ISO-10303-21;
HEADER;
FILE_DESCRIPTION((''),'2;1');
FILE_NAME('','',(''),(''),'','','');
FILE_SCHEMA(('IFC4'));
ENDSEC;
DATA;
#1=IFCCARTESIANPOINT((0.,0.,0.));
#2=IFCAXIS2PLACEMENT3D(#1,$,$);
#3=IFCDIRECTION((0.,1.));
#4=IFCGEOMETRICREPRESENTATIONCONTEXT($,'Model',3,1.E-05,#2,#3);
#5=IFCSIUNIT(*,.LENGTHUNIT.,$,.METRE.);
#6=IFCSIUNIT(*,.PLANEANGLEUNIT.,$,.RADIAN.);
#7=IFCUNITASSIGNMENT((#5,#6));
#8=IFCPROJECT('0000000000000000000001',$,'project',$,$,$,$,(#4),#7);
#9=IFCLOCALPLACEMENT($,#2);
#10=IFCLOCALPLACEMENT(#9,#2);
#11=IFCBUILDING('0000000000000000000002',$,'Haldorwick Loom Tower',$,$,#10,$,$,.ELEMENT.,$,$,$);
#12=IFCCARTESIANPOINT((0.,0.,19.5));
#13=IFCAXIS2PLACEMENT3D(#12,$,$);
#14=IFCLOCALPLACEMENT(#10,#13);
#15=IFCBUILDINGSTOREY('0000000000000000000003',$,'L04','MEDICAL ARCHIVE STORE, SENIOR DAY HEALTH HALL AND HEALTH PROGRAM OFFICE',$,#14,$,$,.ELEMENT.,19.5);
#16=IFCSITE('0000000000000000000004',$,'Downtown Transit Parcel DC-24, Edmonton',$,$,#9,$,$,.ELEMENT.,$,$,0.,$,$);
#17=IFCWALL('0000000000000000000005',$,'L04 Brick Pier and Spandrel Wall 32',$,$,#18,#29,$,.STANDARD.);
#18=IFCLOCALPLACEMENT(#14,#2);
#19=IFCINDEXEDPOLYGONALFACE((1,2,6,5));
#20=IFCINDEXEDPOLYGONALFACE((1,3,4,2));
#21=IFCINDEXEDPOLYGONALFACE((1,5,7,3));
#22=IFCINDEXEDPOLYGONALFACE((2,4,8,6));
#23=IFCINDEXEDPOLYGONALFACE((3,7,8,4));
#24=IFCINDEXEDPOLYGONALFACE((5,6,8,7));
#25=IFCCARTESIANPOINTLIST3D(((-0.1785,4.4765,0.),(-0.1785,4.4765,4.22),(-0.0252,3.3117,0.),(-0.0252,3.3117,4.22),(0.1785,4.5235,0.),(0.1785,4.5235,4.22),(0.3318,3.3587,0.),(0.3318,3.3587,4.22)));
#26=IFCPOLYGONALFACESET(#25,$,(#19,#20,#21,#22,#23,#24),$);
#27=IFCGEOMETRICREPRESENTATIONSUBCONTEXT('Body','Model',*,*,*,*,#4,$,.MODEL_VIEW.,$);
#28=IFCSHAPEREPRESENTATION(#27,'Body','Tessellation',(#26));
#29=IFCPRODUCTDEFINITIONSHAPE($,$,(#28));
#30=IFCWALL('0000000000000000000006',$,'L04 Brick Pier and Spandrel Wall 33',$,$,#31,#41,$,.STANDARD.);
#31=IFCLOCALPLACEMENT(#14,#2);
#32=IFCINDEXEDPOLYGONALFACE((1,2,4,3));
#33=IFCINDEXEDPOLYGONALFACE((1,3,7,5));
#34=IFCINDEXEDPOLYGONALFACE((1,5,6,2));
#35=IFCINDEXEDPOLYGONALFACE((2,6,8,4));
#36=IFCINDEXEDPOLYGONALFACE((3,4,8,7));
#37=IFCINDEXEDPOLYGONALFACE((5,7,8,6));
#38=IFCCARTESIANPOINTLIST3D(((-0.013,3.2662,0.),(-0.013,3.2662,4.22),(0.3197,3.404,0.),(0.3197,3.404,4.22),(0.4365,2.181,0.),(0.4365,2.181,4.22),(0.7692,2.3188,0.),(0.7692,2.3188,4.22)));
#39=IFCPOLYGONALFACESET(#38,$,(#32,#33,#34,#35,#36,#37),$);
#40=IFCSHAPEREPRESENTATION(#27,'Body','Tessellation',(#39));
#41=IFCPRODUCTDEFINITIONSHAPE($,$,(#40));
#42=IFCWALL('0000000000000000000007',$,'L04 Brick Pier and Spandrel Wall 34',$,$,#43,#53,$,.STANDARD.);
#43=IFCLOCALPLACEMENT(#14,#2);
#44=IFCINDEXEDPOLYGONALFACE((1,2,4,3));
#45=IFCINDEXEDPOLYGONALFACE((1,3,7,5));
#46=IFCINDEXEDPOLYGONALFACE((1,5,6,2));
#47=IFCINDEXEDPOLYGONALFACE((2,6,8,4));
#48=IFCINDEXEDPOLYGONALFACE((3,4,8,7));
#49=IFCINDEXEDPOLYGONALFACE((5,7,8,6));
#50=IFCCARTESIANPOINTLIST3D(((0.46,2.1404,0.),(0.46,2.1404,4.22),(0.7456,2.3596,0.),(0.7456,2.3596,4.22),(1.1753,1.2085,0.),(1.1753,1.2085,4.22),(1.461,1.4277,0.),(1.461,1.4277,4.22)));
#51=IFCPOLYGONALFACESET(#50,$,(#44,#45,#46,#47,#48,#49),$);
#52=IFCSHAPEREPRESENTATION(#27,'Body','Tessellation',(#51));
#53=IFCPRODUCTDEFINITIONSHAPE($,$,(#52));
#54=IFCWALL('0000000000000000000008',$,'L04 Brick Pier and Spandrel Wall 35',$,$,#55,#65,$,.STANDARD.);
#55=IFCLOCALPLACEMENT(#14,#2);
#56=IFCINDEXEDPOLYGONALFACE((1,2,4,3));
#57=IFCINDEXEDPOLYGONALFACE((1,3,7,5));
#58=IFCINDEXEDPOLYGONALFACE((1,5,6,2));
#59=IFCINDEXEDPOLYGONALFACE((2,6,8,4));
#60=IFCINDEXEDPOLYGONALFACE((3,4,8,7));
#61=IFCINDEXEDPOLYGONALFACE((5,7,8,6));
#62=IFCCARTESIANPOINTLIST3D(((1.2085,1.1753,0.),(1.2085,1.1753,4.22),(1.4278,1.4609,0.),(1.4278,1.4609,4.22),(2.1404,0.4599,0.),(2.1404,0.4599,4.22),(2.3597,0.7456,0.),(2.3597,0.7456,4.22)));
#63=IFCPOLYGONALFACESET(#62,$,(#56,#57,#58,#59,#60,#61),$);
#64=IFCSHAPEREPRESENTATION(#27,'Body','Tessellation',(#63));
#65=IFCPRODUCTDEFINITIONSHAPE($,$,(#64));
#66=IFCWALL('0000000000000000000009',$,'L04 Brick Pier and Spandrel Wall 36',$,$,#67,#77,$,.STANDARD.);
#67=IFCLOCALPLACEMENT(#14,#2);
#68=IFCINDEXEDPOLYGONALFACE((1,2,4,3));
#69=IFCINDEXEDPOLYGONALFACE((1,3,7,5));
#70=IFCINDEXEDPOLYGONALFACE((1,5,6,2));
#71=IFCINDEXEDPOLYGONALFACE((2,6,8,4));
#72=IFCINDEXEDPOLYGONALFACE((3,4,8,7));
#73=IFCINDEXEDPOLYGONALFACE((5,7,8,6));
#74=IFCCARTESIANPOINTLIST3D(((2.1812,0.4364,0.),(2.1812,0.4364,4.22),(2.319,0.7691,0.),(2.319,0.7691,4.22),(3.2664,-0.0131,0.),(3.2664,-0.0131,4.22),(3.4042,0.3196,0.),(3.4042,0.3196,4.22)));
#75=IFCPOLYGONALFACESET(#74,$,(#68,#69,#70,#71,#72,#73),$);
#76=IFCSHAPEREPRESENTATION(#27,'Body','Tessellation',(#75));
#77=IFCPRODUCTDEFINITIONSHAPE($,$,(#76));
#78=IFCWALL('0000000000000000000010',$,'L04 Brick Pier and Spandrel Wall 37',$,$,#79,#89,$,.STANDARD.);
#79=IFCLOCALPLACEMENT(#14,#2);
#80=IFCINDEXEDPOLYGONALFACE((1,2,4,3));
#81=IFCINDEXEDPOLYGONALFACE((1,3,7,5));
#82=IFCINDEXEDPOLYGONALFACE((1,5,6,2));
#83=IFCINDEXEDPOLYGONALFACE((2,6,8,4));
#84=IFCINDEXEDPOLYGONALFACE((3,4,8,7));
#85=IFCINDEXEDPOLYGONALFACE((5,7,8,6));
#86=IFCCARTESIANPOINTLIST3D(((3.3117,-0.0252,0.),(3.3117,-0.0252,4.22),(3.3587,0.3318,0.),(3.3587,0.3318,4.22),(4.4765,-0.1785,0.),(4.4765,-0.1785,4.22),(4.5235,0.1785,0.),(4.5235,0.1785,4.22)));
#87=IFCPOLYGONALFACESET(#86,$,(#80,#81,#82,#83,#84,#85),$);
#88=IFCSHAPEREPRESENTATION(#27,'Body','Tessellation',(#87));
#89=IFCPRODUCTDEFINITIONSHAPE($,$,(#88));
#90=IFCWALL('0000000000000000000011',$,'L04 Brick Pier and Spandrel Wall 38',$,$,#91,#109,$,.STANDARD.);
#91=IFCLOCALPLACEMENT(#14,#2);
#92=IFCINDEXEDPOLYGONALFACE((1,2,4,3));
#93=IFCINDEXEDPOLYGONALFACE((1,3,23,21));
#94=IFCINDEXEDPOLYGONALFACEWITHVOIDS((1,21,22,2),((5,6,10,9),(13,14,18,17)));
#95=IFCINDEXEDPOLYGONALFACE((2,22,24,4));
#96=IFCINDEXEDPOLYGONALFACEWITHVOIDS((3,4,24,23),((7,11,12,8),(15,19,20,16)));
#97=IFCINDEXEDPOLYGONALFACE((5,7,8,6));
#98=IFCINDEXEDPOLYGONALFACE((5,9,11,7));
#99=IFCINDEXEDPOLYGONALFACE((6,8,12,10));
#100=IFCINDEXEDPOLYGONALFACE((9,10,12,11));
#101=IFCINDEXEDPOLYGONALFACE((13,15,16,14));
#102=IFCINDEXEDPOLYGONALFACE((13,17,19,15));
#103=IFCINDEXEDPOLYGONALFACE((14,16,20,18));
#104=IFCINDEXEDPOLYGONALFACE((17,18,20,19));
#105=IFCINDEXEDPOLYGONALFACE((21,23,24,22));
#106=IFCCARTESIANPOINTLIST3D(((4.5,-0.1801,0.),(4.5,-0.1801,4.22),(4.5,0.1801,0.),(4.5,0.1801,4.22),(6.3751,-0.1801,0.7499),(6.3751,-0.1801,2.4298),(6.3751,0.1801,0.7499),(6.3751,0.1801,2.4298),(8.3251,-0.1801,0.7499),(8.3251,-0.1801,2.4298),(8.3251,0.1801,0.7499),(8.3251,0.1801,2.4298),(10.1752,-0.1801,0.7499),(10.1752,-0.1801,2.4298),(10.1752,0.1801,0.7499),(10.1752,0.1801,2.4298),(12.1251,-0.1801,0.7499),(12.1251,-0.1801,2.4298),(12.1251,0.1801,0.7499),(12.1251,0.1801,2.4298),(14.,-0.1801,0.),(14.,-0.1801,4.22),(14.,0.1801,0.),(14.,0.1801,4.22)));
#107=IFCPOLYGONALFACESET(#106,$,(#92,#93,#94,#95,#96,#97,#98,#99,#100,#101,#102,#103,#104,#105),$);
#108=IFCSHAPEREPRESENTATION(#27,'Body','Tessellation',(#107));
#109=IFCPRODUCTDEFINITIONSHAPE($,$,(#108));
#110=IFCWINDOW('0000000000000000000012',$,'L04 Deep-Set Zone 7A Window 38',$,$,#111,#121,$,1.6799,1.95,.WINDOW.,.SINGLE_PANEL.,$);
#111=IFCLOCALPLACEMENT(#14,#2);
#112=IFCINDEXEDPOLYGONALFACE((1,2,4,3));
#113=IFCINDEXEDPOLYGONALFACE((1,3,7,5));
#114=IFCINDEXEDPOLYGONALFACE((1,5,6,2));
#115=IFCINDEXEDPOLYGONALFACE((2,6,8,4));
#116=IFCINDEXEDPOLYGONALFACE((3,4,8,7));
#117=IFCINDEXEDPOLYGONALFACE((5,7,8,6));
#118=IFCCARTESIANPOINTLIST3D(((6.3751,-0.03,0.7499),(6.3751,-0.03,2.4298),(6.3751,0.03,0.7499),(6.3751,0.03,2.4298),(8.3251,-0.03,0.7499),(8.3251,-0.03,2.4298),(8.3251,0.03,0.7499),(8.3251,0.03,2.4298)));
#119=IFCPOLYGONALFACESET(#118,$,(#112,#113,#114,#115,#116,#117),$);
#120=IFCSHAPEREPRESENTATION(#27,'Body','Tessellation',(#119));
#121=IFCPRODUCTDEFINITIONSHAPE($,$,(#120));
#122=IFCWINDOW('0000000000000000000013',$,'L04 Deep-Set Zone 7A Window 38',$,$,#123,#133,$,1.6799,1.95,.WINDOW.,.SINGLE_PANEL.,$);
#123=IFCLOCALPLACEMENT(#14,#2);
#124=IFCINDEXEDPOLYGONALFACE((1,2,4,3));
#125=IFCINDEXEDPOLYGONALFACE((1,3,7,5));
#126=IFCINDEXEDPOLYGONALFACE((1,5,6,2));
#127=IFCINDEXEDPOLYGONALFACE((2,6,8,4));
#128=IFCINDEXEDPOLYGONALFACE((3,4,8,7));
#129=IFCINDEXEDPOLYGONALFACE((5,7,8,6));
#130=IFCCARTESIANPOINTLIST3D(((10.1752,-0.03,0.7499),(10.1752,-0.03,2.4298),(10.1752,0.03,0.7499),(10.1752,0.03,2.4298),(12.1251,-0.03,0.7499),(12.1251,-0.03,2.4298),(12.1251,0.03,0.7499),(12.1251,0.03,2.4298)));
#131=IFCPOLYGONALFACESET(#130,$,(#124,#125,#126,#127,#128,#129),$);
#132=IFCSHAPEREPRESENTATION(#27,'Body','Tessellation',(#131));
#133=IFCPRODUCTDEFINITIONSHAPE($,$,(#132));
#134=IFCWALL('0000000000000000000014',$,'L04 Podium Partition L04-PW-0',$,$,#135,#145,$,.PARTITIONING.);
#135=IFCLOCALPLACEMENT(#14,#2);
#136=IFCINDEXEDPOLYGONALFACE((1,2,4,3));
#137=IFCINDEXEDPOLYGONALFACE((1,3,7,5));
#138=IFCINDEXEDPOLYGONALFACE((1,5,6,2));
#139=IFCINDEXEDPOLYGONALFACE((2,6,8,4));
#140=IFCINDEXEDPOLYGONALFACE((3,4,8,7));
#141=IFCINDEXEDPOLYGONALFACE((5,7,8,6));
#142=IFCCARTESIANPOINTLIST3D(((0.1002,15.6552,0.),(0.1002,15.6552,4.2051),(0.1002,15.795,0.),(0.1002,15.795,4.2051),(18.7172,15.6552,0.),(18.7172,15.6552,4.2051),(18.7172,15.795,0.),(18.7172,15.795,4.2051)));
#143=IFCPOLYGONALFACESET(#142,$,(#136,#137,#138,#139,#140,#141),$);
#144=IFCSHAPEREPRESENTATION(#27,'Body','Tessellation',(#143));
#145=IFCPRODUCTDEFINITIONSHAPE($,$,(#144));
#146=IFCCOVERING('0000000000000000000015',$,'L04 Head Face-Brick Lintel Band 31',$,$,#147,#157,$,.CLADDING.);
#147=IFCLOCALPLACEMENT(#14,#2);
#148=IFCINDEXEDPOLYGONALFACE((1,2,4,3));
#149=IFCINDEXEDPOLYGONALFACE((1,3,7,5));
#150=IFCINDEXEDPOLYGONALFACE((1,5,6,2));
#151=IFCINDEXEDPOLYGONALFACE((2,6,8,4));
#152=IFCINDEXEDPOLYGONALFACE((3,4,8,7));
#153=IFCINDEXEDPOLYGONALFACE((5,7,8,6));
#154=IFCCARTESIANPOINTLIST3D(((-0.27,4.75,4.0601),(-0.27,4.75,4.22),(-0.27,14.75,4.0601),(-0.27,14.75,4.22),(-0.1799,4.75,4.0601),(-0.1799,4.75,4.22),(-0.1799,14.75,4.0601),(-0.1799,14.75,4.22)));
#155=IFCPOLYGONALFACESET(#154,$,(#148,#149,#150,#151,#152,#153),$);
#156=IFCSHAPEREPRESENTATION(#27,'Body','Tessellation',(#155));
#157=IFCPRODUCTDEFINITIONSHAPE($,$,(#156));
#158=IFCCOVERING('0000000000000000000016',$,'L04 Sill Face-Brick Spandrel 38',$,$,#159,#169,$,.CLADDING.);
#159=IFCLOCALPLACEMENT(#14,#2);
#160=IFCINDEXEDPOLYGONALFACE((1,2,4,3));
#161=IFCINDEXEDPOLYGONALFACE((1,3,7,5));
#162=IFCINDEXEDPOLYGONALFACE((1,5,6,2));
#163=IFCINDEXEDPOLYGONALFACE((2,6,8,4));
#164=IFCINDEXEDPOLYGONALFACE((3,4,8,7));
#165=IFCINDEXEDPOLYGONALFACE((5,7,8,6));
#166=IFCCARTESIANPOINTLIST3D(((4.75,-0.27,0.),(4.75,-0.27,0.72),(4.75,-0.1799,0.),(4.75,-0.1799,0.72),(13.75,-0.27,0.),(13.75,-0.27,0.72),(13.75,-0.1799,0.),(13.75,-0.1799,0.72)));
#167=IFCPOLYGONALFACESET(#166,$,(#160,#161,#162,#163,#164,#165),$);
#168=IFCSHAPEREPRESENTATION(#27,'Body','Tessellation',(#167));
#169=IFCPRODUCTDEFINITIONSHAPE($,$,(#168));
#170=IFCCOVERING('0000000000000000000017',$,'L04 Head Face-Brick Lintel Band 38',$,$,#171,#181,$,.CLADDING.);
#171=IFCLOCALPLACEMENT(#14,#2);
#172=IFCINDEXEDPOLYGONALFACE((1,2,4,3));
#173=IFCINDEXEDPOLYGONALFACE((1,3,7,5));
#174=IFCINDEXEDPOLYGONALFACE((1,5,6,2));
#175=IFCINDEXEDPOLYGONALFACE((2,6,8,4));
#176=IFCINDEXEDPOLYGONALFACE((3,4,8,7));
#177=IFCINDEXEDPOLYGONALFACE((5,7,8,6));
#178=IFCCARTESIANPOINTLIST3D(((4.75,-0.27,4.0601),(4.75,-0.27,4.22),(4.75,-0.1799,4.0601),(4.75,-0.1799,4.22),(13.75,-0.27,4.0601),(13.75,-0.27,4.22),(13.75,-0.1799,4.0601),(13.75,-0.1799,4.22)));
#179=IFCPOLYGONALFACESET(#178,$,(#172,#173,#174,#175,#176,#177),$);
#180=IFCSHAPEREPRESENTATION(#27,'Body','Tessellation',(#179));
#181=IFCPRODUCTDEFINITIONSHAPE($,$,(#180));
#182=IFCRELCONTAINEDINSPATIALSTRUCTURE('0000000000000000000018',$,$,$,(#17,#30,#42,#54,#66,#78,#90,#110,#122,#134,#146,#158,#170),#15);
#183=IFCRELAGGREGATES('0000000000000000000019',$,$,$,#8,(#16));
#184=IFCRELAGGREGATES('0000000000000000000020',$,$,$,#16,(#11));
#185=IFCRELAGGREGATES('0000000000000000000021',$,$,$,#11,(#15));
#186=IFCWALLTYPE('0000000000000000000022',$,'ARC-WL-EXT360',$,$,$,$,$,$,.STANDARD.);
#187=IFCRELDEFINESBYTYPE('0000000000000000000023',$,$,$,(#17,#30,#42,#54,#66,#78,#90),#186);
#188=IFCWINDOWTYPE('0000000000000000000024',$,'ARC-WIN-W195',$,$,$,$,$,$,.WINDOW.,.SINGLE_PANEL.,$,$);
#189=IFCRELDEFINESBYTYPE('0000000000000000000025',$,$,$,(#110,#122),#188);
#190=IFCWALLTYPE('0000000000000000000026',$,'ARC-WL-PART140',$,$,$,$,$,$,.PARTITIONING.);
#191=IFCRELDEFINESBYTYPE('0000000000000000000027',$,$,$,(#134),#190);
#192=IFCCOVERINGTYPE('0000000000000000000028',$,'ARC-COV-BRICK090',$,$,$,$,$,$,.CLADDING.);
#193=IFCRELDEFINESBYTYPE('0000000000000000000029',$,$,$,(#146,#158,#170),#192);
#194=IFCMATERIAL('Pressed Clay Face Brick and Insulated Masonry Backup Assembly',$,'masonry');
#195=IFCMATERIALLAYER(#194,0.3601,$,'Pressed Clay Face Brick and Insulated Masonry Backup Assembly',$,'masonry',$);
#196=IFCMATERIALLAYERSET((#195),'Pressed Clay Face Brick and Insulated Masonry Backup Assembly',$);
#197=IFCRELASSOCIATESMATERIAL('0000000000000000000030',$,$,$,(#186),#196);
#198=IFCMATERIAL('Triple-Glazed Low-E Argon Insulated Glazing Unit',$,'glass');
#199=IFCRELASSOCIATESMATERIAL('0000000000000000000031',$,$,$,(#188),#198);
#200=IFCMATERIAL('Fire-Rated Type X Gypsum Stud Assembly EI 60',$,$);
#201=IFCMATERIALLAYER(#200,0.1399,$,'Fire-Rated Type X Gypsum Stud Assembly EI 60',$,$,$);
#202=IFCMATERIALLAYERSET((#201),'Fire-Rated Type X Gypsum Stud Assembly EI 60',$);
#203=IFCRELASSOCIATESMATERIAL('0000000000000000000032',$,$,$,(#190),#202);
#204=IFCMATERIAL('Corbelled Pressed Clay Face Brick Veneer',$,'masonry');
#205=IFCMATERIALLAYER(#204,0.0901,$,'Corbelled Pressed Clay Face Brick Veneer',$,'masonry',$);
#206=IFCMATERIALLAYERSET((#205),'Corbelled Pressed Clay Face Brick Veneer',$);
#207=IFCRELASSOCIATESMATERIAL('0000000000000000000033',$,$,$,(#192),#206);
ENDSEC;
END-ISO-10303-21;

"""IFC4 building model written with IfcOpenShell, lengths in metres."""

from ifc_helpers import new_model, si_unit, direction, frame, frame_2d, origin, place, context, subcontext, project, spatial, polyline, rectangle, outline, extrude, material, layer, layer_set, type_object, element, fill, save


model = new_model("IFC4")

# Units and contexts
model_context = context("Model", 3, precision=1e-05, world=origin(), true_north=direction((0.0, 1.0)))
body_context = subcontext(model_context, "Body", "Model", "MODEL_VIEW")
ifc_project = project(units=[si_unit("LENGTHUNIT", "METRE"), si_unit("PLANEANGLEUNIT", "RADIAN")], contexts=[model_context])

# Site, building, storey
site_placement = place(None, origin())
site = spatial("IfcSite", under=ifc_project, at=site_placement, Name="Downtown Transit Parcel DC-24, Edmonton", CompositionType="ELEMENT", RefElevation=0.0)
building_placement = place(site_placement, origin())
building = spatial("IfcBuilding", under=site, at=building_placement, Name="Haldorwick Loom Tower", CompositionType="ELEMENT")
storey_placement = place(building_placement, frame((0.0, 0.0, 19.5)))
storey = spatial("IfcBuildingStorey", under=building, at=storey_placement, Name="L04", Description="MEDICAL ARCHIVE STORE, SENIOR DAY HEALTH HALL AND HEALTH PROGRAM OFFICE", CompositionType="ELEMENT", Elevation=19.5)

# Shared definitions
ifc_material_1 = material(Name="Pressed Clay Face Brick and Insulated Masonry Backup Assembly", Category="masonry")
ifc_layer_1 = layer(ifc_material_1, 0.3601, Name="Pressed Clay Face Brick and Insulated Masonry Backup Assembly", Category="masonry")
ifc_layer_set_1 = layer_set([ifc_layer_1], Name="Pressed Clay Face Brick and Insulated Masonry Backup Assembly")
wall_type_1 = type_object("IfcWallType", Name="ARC-WL-EXT360", PredefinedType="STANDARD", material=ifc_layer_set_1)
ifc_material_2 = material(Name="Triple-Glazed Low-E Argon Insulated Glazing Unit", Category="glass")
window_type = type_object("IfcWindowType", Name="ARC-WIN-W195", PartitioningType="SINGLE_PANEL", PredefinedType="WINDOW", material=ifc_material_2)

# Walls
wall_1_placement = place(storey_placement, frame((0.0, 4.5, 0.0), z_axis=(0.0, 0.0, 1.0), x_axis=(0.130503, -0.991448, 0.0)))
element("IfcWall", 1, at=wall_1_placement, inside=storey, type_object=wall_type_1, Name="L04 Brick Pier and Spandrel Wall 32", PredefinedType="STANDARD", context=body_context, shape_type="SweptSolid", body=[
    extrude(rectangle(XDim=1.1748, YDim=0.3601, at=frame_2d((0.5874, 0.0))), origin(), (0.0, 0.0, 1.0), 4.22),
])
wall_2_placement = place(storey_placement, frame((0.1533, 3.3352, 0.0), z_axis=(0.0, 0.0, 1.0), x_axis=(0.382652, -0.923893, 0.0)))
element("IfcWall", 2, at=wall_2_placement, inside=storey, type_object=wall_type_1, Name="L04 Brick Pier and Spandrel Wall 33", PredefinedType="STANDARD", context=body_context, shape_type="SweptSolid", body=[
    extrude(rectangle(XDim=1.1746, YDim=0.3601, at=frame_2d((0.5874, 0.0))), origin(), (0.0, 0.0, 1.0), 4.22),
])
for number, where, z_axis, x_axis, name in (
    (3, (0.6028, 2.25, 0.0), (0.0, 0.0, 1.0), (0.608907, -0.793242, 0.0), "L04 Brick Pier and Spandrel Wall 34"),
    (4, (1.3181, 1.3181, 0.0), (0.0, 0.0, 1.0), (0.793242, -0.608907, 0.0), "L04 Brick Pier and Spandrel Wall 35"),
):
    element("IfcWall", number, at=place(storey_placement, frame(where, z_axis=z_axis, x_axis=x_axis)), inside=storey, type_object=wall_type_1, Name=name, PredefinedType="STANDARD", context=body_context, shape_type="SweptSolid", body=[
        extrude(rectangle(XDim=1.1748, YDim=0.3601, at=frame_2d((0.5874, 0.0))), origin(), (0.0, 0.0, 1.0), 4.22),
    ])
wall_3_placement = place(storey_placement, frame((2.25, 0.6028, 0.0), z_axis=(0.0, 0.0, 1.0), x_axis=(0.923893, -0.382652, 0.0)))
element("IfcWall", 5, at=wall_3_placement, inside=storey, type_object=wall_type_1, Name="L04 Brick Pier and Spandrel Wall 36", PredefinedType="STANDARD", context=body_context, shape_type="SweptSolid", body=[
    extrude(rectangle(XDim=1.1746, YDim=0.3601, at=frame_2d((0.5874, 0.0))), origin(), (0.0, 0.0, 1.0), 4.22),
])
wall_4_placement = place(storey_placement, frame((3.3352, 0.1533, 0.0), z_axis=(0.0, 0.0, 1.0), x_axis=(0.991448, -0.130503, 0.0)))
element("IfcWall", 6, at=wall_4_placement, inside=storey, type_object=wall_type_1, Name="L04 Brick Pier and Spandrel Wall 37", PredefinedType="STANDARD", context=body_context, shape_type="SweptSolid", body=[
    extrude(rectangle(XDim=1.1748, YDim=0.3601, at=frame_2d((0.5874, 0.0))), origin(), (0.0, 0.0, 1.0), 4.22),
])

# Wall, openings, windows
wall_5_placement = place(storey_placement, frame((4.5, 0.0, 0.0), z_axis=(0.0, 0.0, 1.0), x_axis=(1.0, 0.0, 0.0)))
wall_5 = element("IfcWall", 7, at=wall_5_placement, inside=storey, type_object=wall_type_1, Name="L04 Brick Pier and Spandrel Wall 38", PredefinedType="STANDARD", context=body_context, shape_type="SweptSolid", body=[
    extrude(rectangle(XDim=9.5, YDim=0.3601, at=frame_2d((4.75, 0.0))), origin(), (0.0, 0.0, 1.0), 4.22),
])
opening_1_placement = place(wall_5_placement, frame((1.875, 0.0, 0.75)))
opening_1 = element("IfcOpeningElement", 8, at=opening_1_placement, cuts=wall_5, PredefinedType="OPENING", context=body_context, shape_type="SweptSolid", body=[
    extrude(rectangle(XDim=1.95, YDim=1.6799, at=frame_2d((0.9751, 0.8398))), frame((0.0, 0.1899, 0.0), z_axis=(0.0, -1.0, 0.0), x_axis=(1.0, 0.0, 0.0)), (0.0, 0.0, 1.0), 0.3801),
])
opening_2_placement = place(wall_5_placement, frame((5.675, 0.0, 0.75)))
opening_2 = element("IfcOpeningElement", 9, at=opening_2_placement, cuts=wall_5, PredefinedType="OPENING", context=body_context, shape_type="SweptSolid", body=[
    extrude(rectangle(XDim=1.95, YDim=1.6799, at=frame_2d((0.9751, 0.8398))), frame((0.0, 0.1899, 0.0), z_axis=(0.0, -1.0, 0.0), x_axis=(1.0, 0.0, 0.0)), (0.0, 0.0, 1.0), 0.3801),
])
window_1_placement = place(opening_1_placement, origin())
window_1 = element("IfcWindow", 10, at=window_1_placement, inside=storey, type_object=window_type, Name="L04 Deep-Set Zone 7A Window 38", OverallHeight=1.6799, OverallWidth=1.95, PartitioningType="SINGLE_PANEL", PredefinedType="WINDOW", context=body_context, shape_type="SweptSolid", body=[
    extrude(rectangle(XDim=1.95, YDim=1.6799, at=frame_2d((0.9751, 0.8398))), frame((0.0, 0.03, 0.0), z_axis=(0.0, -1.0, 0.0), x_axis=(1.0, 0.0, 0.0)), (0.0, 0.0, 1.0), 0.0601),
])
fill(opening_1, window_1)
window_2_placement = place(opening_2_placement, origin())
window_2 = element("IfcWindow", 11, at=window_2_placement, inside=storey, type_object=window_type, Name="L04 Deep-Set Zone 7A Window 38", OverallHeight=1.6799, OverallWidth=1.95, PartitioningType="SINGLE_PANEL", PredefinedType="WINDOW", context=body_context, shape_type="SweptSolid", body=[
    extrude(rectangle(XDim=1.95, YDim=1.6799, at=frame_2d((0.9751, 0.8398))), frame((0.0, 0.03, 0.0), z_axis=(0.0, -1.0, 0.0), x_axis=(1.0, 0.0, 0.0)), (0.0, 0.0, 1.0), 0.0601),
])
fill(opening_2, window_2)

# Wall
ifc_material_3 = material(Name="Fire-Rated Type X Gypsum Stud Assembly EI 60")
ifc_layer_2 = layer(ifc_material_3, 0.1399, Name="Fire-Rated Type X Gypsum Stud Assembly EI 60")
ifc_layer_set_2 = layer_set([ifc_layer_2], Name="Fire-Rated Type X Gypsum Stud Assembly EI 60")
wall_type_2 = type_object("IfcWallType", Name="ARC-WL-PART140", PredefinedType="PARTITIONING", material=ifc_layer_set_2)
wall_6_placement = place(storey_placement, frame((0.1001, 15.7251, 0.0), z_axis=(0.0, 0.0, 1.0), x_axis=(1.0, 0.0, 0.0)))
element("IfcWall", 12, at=wall_6_placement, inside=storey, type_object=wall_type_2, Name="L04 Podium Partition L04-PW-0", PredefinedType="PARTITIONING", context=body_context, shape_type="SweptSolid", body=[
    extrude(rectangle(XDim=18.6169, YDim=0.1399, at=frame_2d((9.3086, 0.0))), origin(), (0.0, 0.0, 1.0), 4.2051),
])

# Coverings
ifc_material_4 = material(Name="Corbelled Pressed Clay Face Brick Veneer", Category="masonry")
ifc_layer_3 = layer(ifc_material_4, 0.0901, Name="Corbelled Pressed Clay Face Brick Veneer", Category="masonry")
ifc_layer_set_3 = layer_set([ifc_layer_3], Name="Corbelled Pressed Clay Face Brick Veneer")
covering_type_1 = type_object("IfcCoveringType", Name="ARC-COV-BRICK090", PredefinedType="CLADDING", material=ifc_layer_set_3)
covering_1_placement = place(storey_placement, frame((0.0, 0.0, 4.0601)))
element("IfcCovering", 13, at=covering_1_placement, inside=storey, type_object=covering_type_1, Name="L04 Head Face-Brick Lintel Band 31", PredefinedType="CLADDING", context=body_context, shape_type="SweptSolid", body=[
    extrude(outline(polyline([(-0.27, 14.75), (-0.27, 4.75), (-0.1799, 4.75), (-0.1799, 14.75), (-0.27, 14.75)])), origin(), (0.0, 0.0, 1.0), 0.1599),
])
covering_2_placement = place(storey_placement, origin())
element("IfcCovering", 14, at=covering_2_placement, inside=storey, type_object=covering_type_1, Name="L04 Sill Face-Brick Spandrel 38", PredefinedType="CLADDING", context=body_context, shape_type="SweptSolid", body=[
    extrude(outline(polyline([(4.75, -0.27), (13.75, -0.27), (13.75, -0.1799), (4.75, -0.1799), (4.75, -0.27)])), origin(), (0.0, 0.0, 1.0), 0.72),
])
covering_3_placement = place(storey_placement, frame((0.0, 0.0, 4.0601)))
element("IfcCovering", 15, at=covering_3_placement, inside=storey, type_object=covering_type_1, Name="L04 Head Face-Brick Lintel Band 38", PredefinedType="CLADDING", context=body_context, shape_type="SweptSolid", body=[
    extrude(outline(polyline([(4.75, -0.27), (13.75, -0.27), (13.75, -0.1799), (4.75, -0.1799), (4.75, -0.27)])), origin(), (0.0, 0.0, 1.0), 0.1599),
])

save(model, "model.ifc")
